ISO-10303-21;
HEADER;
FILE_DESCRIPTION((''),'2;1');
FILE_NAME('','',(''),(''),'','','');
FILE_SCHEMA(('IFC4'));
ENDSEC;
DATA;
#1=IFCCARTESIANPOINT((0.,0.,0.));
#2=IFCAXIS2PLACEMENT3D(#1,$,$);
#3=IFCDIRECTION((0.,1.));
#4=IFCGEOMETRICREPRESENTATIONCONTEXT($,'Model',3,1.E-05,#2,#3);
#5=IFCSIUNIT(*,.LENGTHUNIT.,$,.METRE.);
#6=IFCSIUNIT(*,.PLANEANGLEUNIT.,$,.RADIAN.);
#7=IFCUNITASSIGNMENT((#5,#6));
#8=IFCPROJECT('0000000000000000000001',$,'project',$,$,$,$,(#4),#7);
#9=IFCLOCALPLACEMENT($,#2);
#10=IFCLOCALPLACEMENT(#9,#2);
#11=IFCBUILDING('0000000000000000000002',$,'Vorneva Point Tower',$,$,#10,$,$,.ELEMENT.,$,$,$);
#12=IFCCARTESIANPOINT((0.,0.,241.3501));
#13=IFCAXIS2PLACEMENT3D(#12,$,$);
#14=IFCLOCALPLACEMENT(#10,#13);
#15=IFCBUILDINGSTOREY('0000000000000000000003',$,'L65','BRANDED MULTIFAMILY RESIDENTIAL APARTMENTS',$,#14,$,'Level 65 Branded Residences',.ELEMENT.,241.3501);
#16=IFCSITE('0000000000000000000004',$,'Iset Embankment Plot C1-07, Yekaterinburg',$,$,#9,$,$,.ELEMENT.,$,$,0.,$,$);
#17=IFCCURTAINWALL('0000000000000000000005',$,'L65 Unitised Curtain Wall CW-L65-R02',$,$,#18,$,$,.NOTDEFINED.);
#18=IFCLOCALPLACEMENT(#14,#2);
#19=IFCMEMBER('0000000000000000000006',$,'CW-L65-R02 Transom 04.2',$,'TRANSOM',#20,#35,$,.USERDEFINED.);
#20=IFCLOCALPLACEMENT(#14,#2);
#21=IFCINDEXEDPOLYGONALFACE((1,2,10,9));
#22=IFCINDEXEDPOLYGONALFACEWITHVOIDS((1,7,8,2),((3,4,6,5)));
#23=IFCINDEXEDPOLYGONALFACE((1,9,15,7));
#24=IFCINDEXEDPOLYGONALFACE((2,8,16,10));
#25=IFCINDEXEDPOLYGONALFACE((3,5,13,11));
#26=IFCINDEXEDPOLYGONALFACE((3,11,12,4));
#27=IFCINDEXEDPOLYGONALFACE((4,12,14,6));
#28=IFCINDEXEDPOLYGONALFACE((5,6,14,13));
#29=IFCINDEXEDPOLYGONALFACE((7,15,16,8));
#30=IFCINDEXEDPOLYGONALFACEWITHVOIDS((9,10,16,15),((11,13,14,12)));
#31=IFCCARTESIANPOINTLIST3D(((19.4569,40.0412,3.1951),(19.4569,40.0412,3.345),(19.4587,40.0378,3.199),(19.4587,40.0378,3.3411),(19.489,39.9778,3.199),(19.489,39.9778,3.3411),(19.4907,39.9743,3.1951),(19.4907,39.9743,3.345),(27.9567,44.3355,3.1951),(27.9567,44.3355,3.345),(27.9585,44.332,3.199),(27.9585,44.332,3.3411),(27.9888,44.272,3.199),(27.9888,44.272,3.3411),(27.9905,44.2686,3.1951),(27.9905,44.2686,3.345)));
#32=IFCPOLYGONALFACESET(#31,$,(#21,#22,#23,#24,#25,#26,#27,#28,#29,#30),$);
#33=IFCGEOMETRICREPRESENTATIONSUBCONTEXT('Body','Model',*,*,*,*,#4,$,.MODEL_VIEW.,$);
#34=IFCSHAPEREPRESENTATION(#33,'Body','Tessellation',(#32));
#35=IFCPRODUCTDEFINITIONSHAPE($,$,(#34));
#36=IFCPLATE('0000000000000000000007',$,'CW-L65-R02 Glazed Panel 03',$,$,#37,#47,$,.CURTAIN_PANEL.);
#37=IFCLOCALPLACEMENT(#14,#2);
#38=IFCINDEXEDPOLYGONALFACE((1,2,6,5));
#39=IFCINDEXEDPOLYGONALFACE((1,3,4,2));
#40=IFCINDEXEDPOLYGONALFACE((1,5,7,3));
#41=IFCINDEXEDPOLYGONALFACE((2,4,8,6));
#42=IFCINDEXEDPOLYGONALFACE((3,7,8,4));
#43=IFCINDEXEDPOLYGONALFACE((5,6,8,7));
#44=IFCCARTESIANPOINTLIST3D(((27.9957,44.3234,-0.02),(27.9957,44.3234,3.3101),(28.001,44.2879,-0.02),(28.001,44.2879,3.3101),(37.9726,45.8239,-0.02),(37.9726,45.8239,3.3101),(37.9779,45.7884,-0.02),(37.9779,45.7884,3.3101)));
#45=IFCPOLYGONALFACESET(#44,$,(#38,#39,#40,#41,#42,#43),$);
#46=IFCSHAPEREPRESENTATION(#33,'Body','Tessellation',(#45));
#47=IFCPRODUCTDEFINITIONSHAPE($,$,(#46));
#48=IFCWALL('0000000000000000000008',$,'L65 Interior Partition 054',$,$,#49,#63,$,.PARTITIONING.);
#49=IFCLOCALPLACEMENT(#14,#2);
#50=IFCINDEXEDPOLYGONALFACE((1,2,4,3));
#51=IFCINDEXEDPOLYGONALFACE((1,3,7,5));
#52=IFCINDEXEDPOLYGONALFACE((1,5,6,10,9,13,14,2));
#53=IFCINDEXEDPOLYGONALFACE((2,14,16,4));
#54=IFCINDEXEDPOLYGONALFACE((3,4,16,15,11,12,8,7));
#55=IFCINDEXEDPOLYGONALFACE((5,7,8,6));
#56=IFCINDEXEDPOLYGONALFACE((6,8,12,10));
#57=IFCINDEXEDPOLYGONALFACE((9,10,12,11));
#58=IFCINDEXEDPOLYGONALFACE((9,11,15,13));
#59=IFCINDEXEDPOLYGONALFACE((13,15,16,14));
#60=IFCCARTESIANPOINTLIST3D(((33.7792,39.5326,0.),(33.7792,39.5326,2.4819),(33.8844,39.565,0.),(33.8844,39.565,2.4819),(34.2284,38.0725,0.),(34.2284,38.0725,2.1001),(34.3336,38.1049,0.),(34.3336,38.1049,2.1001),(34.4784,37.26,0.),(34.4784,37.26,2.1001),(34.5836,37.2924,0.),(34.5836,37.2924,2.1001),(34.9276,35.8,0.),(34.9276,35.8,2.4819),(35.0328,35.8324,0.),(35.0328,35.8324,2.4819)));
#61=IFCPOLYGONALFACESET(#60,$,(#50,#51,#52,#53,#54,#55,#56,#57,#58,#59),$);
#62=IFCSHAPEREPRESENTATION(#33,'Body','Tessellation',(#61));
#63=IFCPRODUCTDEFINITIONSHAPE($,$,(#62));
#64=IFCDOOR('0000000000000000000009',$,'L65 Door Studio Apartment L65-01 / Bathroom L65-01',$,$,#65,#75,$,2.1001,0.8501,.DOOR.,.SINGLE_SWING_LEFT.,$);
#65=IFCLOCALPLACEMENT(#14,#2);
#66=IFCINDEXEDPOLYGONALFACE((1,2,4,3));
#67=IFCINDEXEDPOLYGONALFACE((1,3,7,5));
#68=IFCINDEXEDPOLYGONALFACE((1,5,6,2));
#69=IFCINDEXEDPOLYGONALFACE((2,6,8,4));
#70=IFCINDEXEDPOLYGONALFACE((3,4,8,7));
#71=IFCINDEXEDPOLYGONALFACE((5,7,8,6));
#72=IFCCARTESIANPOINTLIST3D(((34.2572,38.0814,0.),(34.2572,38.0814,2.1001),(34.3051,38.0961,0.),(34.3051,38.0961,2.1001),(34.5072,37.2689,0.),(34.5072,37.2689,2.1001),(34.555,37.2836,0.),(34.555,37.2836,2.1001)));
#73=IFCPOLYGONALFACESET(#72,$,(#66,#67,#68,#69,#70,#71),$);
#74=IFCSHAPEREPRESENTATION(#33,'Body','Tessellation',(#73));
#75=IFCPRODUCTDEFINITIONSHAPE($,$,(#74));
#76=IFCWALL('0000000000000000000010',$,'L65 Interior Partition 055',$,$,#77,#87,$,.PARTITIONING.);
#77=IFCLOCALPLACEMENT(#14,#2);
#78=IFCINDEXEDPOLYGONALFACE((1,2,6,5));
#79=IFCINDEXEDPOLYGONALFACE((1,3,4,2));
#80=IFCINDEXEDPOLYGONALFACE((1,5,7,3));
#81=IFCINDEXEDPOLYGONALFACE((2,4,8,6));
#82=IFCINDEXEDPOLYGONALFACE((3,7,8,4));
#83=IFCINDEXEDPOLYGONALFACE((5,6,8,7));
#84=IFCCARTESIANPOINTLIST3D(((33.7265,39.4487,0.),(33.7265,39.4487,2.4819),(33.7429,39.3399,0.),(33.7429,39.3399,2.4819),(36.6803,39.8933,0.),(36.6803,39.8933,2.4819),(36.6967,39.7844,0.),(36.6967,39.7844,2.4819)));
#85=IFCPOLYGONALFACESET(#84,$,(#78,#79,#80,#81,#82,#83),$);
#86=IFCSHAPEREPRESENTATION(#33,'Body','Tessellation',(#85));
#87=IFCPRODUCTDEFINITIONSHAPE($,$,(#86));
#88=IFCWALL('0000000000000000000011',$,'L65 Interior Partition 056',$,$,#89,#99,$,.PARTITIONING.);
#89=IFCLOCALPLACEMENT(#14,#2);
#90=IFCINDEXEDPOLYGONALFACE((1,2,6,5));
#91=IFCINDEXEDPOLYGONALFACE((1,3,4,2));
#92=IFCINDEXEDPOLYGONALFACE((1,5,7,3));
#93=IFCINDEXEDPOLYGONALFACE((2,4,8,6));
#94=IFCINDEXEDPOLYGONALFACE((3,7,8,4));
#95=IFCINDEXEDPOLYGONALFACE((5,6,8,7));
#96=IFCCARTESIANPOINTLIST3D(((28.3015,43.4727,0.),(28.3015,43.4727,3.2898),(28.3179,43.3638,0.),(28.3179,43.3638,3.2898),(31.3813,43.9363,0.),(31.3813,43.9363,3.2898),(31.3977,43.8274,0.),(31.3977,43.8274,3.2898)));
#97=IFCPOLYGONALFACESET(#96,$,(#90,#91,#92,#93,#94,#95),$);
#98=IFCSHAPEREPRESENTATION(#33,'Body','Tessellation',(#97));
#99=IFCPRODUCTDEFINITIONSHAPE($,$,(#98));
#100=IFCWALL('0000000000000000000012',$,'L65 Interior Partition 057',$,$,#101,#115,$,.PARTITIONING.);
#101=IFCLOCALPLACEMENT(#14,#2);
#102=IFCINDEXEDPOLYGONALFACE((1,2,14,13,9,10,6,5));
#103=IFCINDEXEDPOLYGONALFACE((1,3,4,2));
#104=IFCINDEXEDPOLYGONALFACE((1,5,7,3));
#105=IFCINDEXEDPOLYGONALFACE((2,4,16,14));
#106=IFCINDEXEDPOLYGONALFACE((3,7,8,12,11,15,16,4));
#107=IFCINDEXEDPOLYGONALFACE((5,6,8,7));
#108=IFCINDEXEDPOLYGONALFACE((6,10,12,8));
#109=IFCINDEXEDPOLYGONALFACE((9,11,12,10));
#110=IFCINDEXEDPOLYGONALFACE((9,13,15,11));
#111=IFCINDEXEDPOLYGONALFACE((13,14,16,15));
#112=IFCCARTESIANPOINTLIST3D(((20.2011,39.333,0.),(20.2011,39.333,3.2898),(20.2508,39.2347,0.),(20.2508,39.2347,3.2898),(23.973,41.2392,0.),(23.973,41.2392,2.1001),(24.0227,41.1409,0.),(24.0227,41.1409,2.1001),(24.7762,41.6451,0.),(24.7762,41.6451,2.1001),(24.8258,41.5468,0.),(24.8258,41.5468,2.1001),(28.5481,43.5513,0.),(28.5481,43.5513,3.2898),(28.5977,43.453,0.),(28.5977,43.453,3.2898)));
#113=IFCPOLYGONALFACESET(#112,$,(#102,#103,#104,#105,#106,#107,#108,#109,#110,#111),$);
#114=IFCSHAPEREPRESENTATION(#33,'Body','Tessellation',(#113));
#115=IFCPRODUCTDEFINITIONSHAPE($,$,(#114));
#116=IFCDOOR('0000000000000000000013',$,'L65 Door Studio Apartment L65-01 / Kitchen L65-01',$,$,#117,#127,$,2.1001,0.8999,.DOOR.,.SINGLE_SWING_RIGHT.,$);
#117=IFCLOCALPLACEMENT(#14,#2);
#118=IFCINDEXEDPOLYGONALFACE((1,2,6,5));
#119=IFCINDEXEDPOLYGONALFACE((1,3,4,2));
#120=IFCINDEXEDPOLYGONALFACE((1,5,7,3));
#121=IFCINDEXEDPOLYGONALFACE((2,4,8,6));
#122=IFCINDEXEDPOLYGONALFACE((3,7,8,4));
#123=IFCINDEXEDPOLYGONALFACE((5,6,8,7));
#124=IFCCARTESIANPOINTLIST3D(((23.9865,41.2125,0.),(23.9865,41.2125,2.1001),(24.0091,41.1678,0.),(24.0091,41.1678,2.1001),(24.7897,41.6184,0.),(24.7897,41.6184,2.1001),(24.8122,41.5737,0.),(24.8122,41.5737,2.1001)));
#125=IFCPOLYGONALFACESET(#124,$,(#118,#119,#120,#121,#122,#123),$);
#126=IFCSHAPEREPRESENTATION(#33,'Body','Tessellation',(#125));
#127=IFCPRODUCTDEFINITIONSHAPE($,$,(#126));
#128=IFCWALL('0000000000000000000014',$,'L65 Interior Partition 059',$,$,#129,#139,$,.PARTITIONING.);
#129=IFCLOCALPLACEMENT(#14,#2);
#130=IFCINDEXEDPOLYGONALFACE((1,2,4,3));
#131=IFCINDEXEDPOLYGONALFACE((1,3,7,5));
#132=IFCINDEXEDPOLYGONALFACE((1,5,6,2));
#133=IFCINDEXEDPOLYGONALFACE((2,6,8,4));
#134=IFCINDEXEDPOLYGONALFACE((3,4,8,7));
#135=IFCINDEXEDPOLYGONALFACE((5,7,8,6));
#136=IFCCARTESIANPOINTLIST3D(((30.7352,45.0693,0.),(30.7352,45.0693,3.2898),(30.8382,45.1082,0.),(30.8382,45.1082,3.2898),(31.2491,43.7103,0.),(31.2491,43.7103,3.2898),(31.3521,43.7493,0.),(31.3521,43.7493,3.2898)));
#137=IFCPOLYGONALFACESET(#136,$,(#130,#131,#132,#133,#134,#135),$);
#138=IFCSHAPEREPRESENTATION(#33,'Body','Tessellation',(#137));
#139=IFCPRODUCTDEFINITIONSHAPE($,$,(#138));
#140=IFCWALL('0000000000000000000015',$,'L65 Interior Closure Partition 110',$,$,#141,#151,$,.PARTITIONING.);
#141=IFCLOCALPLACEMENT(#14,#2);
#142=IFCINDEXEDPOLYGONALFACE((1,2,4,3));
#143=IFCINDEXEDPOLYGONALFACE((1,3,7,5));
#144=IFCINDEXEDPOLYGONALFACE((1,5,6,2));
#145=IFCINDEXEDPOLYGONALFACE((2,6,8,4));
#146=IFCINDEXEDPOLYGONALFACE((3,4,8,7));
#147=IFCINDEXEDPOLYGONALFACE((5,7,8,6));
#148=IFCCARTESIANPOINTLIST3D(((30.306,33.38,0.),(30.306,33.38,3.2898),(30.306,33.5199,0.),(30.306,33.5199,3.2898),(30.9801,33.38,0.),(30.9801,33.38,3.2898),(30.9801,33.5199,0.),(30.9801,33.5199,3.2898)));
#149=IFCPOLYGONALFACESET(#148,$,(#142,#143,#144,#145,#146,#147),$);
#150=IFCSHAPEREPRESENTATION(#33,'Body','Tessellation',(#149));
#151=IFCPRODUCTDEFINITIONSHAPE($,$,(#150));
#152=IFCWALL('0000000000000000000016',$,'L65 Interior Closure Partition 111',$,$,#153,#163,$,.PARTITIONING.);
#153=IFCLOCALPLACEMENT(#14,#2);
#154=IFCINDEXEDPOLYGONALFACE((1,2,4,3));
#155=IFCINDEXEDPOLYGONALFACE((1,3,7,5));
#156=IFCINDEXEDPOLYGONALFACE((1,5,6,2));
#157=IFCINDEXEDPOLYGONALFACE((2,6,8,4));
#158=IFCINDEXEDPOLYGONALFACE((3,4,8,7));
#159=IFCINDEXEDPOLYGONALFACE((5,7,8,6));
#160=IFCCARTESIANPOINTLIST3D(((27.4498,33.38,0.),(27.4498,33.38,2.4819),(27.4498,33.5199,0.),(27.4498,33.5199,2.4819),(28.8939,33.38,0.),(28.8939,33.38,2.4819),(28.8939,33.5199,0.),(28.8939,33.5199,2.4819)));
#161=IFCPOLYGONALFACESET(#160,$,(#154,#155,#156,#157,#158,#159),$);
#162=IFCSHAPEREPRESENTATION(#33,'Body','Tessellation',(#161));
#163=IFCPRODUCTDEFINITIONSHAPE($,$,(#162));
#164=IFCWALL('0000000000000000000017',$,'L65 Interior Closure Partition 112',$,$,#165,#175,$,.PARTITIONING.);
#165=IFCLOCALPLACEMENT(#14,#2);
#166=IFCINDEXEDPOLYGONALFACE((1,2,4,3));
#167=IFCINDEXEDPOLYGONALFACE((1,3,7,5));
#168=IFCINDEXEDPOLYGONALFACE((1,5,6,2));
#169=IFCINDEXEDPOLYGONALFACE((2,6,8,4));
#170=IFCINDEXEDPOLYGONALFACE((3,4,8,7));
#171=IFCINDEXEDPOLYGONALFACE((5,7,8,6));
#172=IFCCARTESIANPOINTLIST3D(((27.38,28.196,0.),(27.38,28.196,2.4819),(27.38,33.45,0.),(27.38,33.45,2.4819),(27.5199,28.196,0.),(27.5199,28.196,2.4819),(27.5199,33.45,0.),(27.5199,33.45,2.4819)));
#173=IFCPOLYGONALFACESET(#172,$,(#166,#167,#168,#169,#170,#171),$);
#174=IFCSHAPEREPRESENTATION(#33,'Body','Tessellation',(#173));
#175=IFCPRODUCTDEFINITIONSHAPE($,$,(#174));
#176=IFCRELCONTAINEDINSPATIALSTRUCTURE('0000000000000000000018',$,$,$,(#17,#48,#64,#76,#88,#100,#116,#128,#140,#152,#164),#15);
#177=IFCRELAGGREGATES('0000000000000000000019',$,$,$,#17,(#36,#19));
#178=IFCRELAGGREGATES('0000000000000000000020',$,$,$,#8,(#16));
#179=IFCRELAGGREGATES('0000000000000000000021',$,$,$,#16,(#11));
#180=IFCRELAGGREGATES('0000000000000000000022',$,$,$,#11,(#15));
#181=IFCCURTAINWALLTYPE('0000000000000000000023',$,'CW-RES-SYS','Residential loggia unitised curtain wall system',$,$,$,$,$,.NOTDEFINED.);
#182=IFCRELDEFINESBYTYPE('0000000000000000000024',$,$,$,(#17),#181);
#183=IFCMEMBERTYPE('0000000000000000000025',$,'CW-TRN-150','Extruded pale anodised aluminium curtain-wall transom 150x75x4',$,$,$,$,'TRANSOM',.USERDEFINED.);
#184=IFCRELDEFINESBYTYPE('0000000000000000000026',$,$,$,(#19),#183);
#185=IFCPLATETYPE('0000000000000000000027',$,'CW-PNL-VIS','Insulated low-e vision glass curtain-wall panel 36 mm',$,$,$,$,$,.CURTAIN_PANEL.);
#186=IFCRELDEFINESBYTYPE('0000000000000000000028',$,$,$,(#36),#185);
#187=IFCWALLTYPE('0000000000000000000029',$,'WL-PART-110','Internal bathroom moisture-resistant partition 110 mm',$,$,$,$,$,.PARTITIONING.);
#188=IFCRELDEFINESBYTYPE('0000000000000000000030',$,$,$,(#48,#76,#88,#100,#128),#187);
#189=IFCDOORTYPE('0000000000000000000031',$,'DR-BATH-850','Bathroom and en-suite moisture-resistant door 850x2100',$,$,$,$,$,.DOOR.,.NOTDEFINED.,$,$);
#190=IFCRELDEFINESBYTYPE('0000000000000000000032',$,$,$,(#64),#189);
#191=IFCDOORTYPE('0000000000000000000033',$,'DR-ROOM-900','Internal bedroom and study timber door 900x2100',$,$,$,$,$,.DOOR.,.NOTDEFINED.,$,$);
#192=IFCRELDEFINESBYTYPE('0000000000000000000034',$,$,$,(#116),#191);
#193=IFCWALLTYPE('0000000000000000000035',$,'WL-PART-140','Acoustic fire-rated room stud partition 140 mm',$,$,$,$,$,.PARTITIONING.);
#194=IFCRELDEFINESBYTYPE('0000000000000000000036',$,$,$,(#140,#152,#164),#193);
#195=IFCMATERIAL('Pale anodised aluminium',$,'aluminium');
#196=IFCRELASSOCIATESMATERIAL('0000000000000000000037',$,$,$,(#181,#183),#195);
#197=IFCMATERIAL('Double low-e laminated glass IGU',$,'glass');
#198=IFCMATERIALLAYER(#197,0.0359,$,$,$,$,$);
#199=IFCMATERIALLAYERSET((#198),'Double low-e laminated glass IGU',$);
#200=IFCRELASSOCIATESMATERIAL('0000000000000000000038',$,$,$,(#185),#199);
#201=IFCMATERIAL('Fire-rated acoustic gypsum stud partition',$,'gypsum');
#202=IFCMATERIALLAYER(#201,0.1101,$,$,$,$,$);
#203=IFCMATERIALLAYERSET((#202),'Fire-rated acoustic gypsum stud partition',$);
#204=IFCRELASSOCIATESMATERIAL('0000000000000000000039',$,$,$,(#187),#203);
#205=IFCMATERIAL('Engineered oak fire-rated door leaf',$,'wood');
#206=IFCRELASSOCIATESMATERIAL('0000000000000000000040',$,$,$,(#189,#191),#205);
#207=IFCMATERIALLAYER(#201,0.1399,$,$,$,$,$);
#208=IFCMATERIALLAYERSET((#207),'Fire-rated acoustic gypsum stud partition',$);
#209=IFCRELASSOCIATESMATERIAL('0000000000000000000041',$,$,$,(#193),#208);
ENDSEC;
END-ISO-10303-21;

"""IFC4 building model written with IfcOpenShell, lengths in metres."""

from ifc_helpers import new_model, si_unit, direction, frame, frame_2d, origin, origin_2d, place, context, subcontext, project, spatial, rectangle, hollow_rectangle, extrude, material, layer, layer_set, material_profile, profile_set, type_object, element, fill, aggregate, save


model = new_model("IFC4")

# Units and contexts
model_context = context("Model", 3, precision=1e-05, world=origin(), true_north=direction((0.0, 1.0)))
body_context = subcontext(model_context, "Body", "Model", "MODEL_VIEW")
ifc_project = project(units=[si_unit("LENGTHUNIT", "METRE"), si_unit("PLANEANGLEUNIT", "RADIAN")], contexts=[model_context])

# Site, building, storey
site_placement = place(None, origin())
site = spatial("IfcSite", under=ifc_project, at=site_placement, Name="Iset Embankment Plot C1-07, Yekaterinburg", CompositionType="ELEMENT", RefElevation=0.0)
building_placement = place(site_placement, origin())
building = spatial("IfcBuilding", under=site, at=building_placement, Name="Vorneva Point Tower", CompositionType="ELEMENT")
storey_placement = place(building_placement, frame((0.0, 0.0, 241.3501)))
storey = spatial("IfcBuildingStorey", under=building, at=storey_placement, Name="L65", Description="BRANDED MULTIFAMILY RESIDENTIAL APARTMENTS", LongName="Level 65 Branded Residences", CompositionType="ELEMENT", Elevation=241.3501)

# Curtain wall, member, plate
ifc_material_1 = material(Name="Pale anodised aluminium", Category="aluminium")
curtain_wall_type = type_object("IfcCurtainWallType", Name="CW-RES-SYS", Description="Residential loggia unitised curtain wall system", PredefinedType="NOTDEFINED", material=ifc_material_1)
curtain_wall_placement = place(storey_placement, origin())
curtain_wall = element("IfcCurtainWall", 1, at=curtain_wall_placement, inside=storey, type_object=curtain_wall_type, Name="L65 Unitised Curtain Wall CW-L65-R02", PredefinedType="NOTDEFINED")
ifc_material_profile_1 = material_profile(ifc_material_1, hollow_rectangle(XDim=0.075, YDim=0.1499, WallThickness=0.0039, at=origin_2d()), Name="AL-TRN 150x75x4")
ifc_profile_set_1 = profile_set([ifc_material_profile_1], Name="Pale anodised aluminium")
member_type_1 = type_object("IfcMemberType", Name="CW-TRN-150", Description="Extruded pale anodised aluminium curtain-wall transom 150x75x4", ElementType="TRANSOM", PredefinedType="USERDEFINED", material=ifc_profile_set_1)
member_1_placement = place(storey_placement, frame((27.9736, 44.302, 3.27), z_axis=(-0.892558, -0.450932, 0.0), x_axis=(0.450932, -0.892558, 0.0)))
member_1 = element("IfcMember", 2, at=member_1_placement, type_object=member_type_1, Name="CW-L65-R02 Transom 04.2", ObjectType="TRANSOM", PredefinedType="USERDEFINED", context=body_context, shape_type="SweptSolid", body=[
    extrude(hollow_rectangle(XDim=0.075, YDim=0.1499, WallThickness=0.0039, at=origin_2d()), origin(), (0.0, 0.0, 1.0), 9.5229),
])
ifc_material_2 = material(Name="Double low-e laminated glass IGU", Category="glass")
ifc_layer_1 = layer(ifc_material_2, 0.0359)
ifc_layer_set_1 = layer_set([ifc_layer_1], Name="Double low-e laminated glass IGU")
plate_type = type_object("IfcPlateType", Name="CW-PNL-VIS", Description="Insulated low-e vision glass curtain-wall panel 36 mm", PredefinedType="CURTAIN_PANEL", material=ifc_layer_set_1)
plate_placement = place(storey_placement, frame((32.9868, 45.0559, -0.02), z_axis=(0.0, 0.0, 1.0), x_axis=(-0.988879, -0.148724, 0.0)))
plate = element("IfcPlate", 3, at=plate_placement, type_object=plate_type, Name="CW-L65-R02 Glazed Panel 03", PredefinedType="CURTAIN_PANEL", context=body_context, shape_type="SweptSolid", body=[
    extrude(rectangle(XDim=10.0891, YDim=0.0359, at=origin_2d()), origin(), (0.0, 0.0, 1.0), 3.3301),
])
aggregate(curtain_wall, [plate, member_1])

# Wall, opening, door
ifc_material_3 = material(Name="Fire-rated acoustic gypsum stud partition", Category="gypsum")
ifc_layer_2 = layer(ifc_material_3, 0.1101)
ifc_layer_set_2 = layer_set([ifc_layer_2], Name="Fire-rated acoustic gypsum stud partition")
wall_type_1 = type_object("IfcWallType", Name="WL-PART-110", Description="Internal bathroom moisture-resistant partition 110 mm", PredefinedType="PARTITIONING", material=ifc_layer_set_2)
wall_1_placement = place(storey_placement, frame((34.9802, 35.8162, 0.0), z_axis=(0.0, 0.0, 1.0), x_axis=(-0.294068, 0.955784, 0.0)))
wall_1 = element("IfcWall", 4, at=wall_1_placement, inside=storey, type_object=wall_type_1, Name="L65 Interior Partition 054", PredefinedType="PARTITIONING", context=body_context, shape_type="SweptSolid", body=[
    extrude(rectangle(XDim=3.9053, YDim=0.1101, at=frame_2d((1.9526, 0.0))), origin(), (0.0, 0.0, 1.0), 2.4819),
])
opening_1_placement = place(wall_1_placement, frame((1.5276, 0.0, 0.0)))
opening_1 = element("IfcOpeningElement", 5, at=opening_1_placement, cuts=wall_1, PredefinedType="OPENING", context=body_context, shape_type="SweptSolid", body=[
    extrude(rectangle(XDim=0.8501, YDim=2.1001, at=frame_2d((0.425, 1.05))), frame((0.0, 0.0698, 0.0), z_axis=(0.0, -1.0, 0.0), x_axis=(1.0, 0.0, 0.0)), (0.0, 0.0, 1.0), 0.1399),
])
ifc_material_4 = material(Name="Engineered oak fire-rated door leaf", Category="wood")
door_type_1 = type_object("IfcDoorType", Name="DR-BATH-850", Description="Bathroom and en-suite moisture-resistant door 850x2100", OperationType="NOTDEFINED", PredefinedType="DOOR", material=ifc_material_4)
door_1_placement = place(opening_1_placement, origin())
door_1 = element("IfcDoor", 6, at=door_1_placement, inside=storey, type_object=door_type_1, Name="L65 Door Studio Apartment L65-01 / Bathroom L65-01", OperationType="SINGLE_SWING_LEFT", OverallHeight=2.1001, OverallWidth=0.8501, PredefinedType="DOOR", context=body_context, shape_type="SweptSolid", body=[
    extrude(rectangle(XDim=0.8501, YDim=2.1001, at=frame_2d((0.425, 1.05))), frame((0.0, 0.0249, 0.0), z_axis=(0.0, -1.0, 0.0), x_axis=(1.0, 0.0, 0.0)), (0.0, 0.0, 1.0), 0.05),
])
fill(opening_1, door_1)

# Walls
wall_2_placement = place(storey_placement, frame((33.7346, 39.3943, 0.0), z_axis=(0.0, 0.0, 1.0), x_axis=(0.988862, 0.148832, 0.0)))
element("IfcWall", 7, at=wall_2_placement, inside=storey, type_object=wall_type_1, Name="L65 Interior Partition 055", PredefinedType="PARTITIONING", context=body_context, shape_type="SweptSolid", body=[
    extrude(rectangle(XDim=2.9871, YDim=0.1101, at=frame_2d((1.4937, 0.0))), origin(), (0.0, 0.0, 1.0), 2.4819),
])
wall_3_placement = place(storey_placement, frame((31.3894, 43.8818, 0.0), z_axis=(0.0, 0.0, 1.0), x_axis=(-0.988859, -0.148858, 0.0)))
element("IfcWall", 8, at=wall_3_placement, inside=storey, type_object=wall_type_1, Name="L65 Interior Partition 056", PredefinedType="PARTITIONING", context=body_context, shape_type="SweptSolid", body=[
    extrude(rectangle(XDim=3.1145, YDim=0.1101, at=frame_2d((1.5571, 0.0))), origin(), (0.0, 0.0, 1.0), 3.2898),
])

# Wall, opening, door
wall_4_placement = place(storey_placement, frame((28.573, 43.5022, 0.0), z_axis=(0.0, 0.0, 1.0), x_axis=(-0.892503, -0.451042, 0.0)))
wall_4 = element("IfcWall", 9, at=wall_4_placement, inside=storey, type_object=wall_type_1, Name="L65 Interior Partition 057", PredefinedType="PARTITIONING", context=body_context, shape_type="SweptSolid", body=[
    extrude(rectangle(XDim=9.3523, YDim=0.1101, at=frame_2d((4.6763, 0.0))), origin(), (0.0, 0.0, 1.0), 3.2898),
])
opening_2_placement = place(wall_4_placement, frame((4.2263, 0.0, 0.0)))
opening_2 = element("IfcOpeningElement", 10, at=opening_2_placement, cuts=wall_4, PredefinedType="OPENING", context=body_context, shape_type="SweptSolid", body=[
    extrude(rectangle(XDim=0.8999, YDim=2.1001, at=frame_2d((0.45, 1.05))), frame((0.0, 0.0698, 0.0), z_axis=(0.0, -1.0, 0.0), x_axis=(1.0, 0.0, 0.0)), (0.0, 0.0, 1.0), 0.1399),
])
door_type_2 = type_object("IfcDoorType", Name="DR-ROOM-900", Description="Internal bedroom and study timber door 900x2100", OperationType="NOTDEFINED", PredefinedType="DOOR", material=ifc_material_4)
door_2_placement = place(opening_2_placement, origin())
door_2 = element("IfcDoor", 11, at=door_2_placement, inside=storey, type_object=door_type_2, Name="L65 Door Studio Apartment L65-01 / Kitchen L65-01", OperationType="SINGLE_SWING_RIGHT", OverallHeight=2.1001, OverallWidth=0.8999, PredefinedType="DOOR", context=body_context, shape_type="SweptSolid", body=[
    extrude(rectangle(XDim=0.8999, YDim=2.1001, at=frame_2d((0.45, 1.05))), frame((0.0, 0.0249, 0.0), z_axis=(0.0, -1.0, 0.0), x_axis=(1.0, 0.0, 0.0)), (0.0, 0.0, 1.0), 0.05),
])
fill(opening_2, door_2)

# Walls
wall_5_placement = place(storey_placement, frame((30.7866, 45.0889, 0.0), z_axis=(0.0, 0.0, 1.0), x_axis=(0.353737, -0.935345, 0.0)))
element("IfcWall", 12, at=wall_5_placement, inside=storey, type_object=wall_type_1, Name="L65 Interior Partition 059", PredefinedType="PARTITIONING", context=body_context, shape_type="SweptSolid", body=[
    extrude(rectangle(XDim=1.4529, YDim=0.1101, at=frame_2d((0.7266, 0.0))), origin(), (0.0, 0.0, 1.0), 3.2898),
])
ifc_layer_3 = layer(ifc_material_3, 0.1399)
ifc_layer_set_3 = layer_set([ifc_layer_3], Name="Fire-rated acoustic gypsum stud partition")
wall_type_2 = type_object("IfcWallType", Name="WL-PART-140", Description="Acoustic fire-rated room stud partition 140 mm", PredefinedType="PARTITIONING", material=ifc_layer_set_3)
wall_6_placement = place(storey_placement, frame((30.98, 33.45, 0.0), z_axis=(0.0, 0.0, 1.0), x_axis=(-1.0, 0.0, 0.0)))
element("IfcWall", 13, at=wall_6_placement, inside=storey, type_object=wall_type_2, Name="L65 Interior Closure Partition 110", PredefinedType="PARTITIONING", context=body_context, shape_type="SweptSolid", body=[
    extrude(rectangle(XDim=0.6741, YDim=0.1399, at=frame_2d((0.3369, 0.0))), origin(), (0.0, 0.0, 1.0), 3.2898),
])
wall_7_placement = place(storey_placement, frame((28.894, 33.45, 0.0), z_axis=(0.0, 0.0, 1.0), x_axis=(-1.0, 0.0, 0.0)))
element("IfcWall", 14, at=wall_7_placement, inside=storey, type_object=wall_type_2, Name="L65 Interior Closure Partition 111", PredefinedType="PARTITIONING", context=body_context, shape_type="SweptSolid", body=[
    extrude(rectangle(XDim=1.4441, YDim=0.1399, at=frame_2d((0.7222, 0.0))), origin(), (0.0, 0.0, 1.0), 2.4819),
])
wall_8_placement = place(storey_placement, frame((27.45, 33.45, 0.0), z_axis=(0.0, 0.0, 1.0), x_axis=(0.0, -1.0, 0.0)))
element("IfcWall", 15, at=wall_8_placement, inside=storey, type_object=wall_type_2, Name="L65 Interior Closure Partition 112", PredefinedType="PARTITIONING", context=body_context, shape_type="SweptSolid", body=[
    extrude(rectangle(XDim=5.2539, YDim=0.1399, at=frame_2d((2.627, 0.0))), origin(), (0.0, 0.0, 1.0), 2.4819),
])

save(model, "model.ifc")
